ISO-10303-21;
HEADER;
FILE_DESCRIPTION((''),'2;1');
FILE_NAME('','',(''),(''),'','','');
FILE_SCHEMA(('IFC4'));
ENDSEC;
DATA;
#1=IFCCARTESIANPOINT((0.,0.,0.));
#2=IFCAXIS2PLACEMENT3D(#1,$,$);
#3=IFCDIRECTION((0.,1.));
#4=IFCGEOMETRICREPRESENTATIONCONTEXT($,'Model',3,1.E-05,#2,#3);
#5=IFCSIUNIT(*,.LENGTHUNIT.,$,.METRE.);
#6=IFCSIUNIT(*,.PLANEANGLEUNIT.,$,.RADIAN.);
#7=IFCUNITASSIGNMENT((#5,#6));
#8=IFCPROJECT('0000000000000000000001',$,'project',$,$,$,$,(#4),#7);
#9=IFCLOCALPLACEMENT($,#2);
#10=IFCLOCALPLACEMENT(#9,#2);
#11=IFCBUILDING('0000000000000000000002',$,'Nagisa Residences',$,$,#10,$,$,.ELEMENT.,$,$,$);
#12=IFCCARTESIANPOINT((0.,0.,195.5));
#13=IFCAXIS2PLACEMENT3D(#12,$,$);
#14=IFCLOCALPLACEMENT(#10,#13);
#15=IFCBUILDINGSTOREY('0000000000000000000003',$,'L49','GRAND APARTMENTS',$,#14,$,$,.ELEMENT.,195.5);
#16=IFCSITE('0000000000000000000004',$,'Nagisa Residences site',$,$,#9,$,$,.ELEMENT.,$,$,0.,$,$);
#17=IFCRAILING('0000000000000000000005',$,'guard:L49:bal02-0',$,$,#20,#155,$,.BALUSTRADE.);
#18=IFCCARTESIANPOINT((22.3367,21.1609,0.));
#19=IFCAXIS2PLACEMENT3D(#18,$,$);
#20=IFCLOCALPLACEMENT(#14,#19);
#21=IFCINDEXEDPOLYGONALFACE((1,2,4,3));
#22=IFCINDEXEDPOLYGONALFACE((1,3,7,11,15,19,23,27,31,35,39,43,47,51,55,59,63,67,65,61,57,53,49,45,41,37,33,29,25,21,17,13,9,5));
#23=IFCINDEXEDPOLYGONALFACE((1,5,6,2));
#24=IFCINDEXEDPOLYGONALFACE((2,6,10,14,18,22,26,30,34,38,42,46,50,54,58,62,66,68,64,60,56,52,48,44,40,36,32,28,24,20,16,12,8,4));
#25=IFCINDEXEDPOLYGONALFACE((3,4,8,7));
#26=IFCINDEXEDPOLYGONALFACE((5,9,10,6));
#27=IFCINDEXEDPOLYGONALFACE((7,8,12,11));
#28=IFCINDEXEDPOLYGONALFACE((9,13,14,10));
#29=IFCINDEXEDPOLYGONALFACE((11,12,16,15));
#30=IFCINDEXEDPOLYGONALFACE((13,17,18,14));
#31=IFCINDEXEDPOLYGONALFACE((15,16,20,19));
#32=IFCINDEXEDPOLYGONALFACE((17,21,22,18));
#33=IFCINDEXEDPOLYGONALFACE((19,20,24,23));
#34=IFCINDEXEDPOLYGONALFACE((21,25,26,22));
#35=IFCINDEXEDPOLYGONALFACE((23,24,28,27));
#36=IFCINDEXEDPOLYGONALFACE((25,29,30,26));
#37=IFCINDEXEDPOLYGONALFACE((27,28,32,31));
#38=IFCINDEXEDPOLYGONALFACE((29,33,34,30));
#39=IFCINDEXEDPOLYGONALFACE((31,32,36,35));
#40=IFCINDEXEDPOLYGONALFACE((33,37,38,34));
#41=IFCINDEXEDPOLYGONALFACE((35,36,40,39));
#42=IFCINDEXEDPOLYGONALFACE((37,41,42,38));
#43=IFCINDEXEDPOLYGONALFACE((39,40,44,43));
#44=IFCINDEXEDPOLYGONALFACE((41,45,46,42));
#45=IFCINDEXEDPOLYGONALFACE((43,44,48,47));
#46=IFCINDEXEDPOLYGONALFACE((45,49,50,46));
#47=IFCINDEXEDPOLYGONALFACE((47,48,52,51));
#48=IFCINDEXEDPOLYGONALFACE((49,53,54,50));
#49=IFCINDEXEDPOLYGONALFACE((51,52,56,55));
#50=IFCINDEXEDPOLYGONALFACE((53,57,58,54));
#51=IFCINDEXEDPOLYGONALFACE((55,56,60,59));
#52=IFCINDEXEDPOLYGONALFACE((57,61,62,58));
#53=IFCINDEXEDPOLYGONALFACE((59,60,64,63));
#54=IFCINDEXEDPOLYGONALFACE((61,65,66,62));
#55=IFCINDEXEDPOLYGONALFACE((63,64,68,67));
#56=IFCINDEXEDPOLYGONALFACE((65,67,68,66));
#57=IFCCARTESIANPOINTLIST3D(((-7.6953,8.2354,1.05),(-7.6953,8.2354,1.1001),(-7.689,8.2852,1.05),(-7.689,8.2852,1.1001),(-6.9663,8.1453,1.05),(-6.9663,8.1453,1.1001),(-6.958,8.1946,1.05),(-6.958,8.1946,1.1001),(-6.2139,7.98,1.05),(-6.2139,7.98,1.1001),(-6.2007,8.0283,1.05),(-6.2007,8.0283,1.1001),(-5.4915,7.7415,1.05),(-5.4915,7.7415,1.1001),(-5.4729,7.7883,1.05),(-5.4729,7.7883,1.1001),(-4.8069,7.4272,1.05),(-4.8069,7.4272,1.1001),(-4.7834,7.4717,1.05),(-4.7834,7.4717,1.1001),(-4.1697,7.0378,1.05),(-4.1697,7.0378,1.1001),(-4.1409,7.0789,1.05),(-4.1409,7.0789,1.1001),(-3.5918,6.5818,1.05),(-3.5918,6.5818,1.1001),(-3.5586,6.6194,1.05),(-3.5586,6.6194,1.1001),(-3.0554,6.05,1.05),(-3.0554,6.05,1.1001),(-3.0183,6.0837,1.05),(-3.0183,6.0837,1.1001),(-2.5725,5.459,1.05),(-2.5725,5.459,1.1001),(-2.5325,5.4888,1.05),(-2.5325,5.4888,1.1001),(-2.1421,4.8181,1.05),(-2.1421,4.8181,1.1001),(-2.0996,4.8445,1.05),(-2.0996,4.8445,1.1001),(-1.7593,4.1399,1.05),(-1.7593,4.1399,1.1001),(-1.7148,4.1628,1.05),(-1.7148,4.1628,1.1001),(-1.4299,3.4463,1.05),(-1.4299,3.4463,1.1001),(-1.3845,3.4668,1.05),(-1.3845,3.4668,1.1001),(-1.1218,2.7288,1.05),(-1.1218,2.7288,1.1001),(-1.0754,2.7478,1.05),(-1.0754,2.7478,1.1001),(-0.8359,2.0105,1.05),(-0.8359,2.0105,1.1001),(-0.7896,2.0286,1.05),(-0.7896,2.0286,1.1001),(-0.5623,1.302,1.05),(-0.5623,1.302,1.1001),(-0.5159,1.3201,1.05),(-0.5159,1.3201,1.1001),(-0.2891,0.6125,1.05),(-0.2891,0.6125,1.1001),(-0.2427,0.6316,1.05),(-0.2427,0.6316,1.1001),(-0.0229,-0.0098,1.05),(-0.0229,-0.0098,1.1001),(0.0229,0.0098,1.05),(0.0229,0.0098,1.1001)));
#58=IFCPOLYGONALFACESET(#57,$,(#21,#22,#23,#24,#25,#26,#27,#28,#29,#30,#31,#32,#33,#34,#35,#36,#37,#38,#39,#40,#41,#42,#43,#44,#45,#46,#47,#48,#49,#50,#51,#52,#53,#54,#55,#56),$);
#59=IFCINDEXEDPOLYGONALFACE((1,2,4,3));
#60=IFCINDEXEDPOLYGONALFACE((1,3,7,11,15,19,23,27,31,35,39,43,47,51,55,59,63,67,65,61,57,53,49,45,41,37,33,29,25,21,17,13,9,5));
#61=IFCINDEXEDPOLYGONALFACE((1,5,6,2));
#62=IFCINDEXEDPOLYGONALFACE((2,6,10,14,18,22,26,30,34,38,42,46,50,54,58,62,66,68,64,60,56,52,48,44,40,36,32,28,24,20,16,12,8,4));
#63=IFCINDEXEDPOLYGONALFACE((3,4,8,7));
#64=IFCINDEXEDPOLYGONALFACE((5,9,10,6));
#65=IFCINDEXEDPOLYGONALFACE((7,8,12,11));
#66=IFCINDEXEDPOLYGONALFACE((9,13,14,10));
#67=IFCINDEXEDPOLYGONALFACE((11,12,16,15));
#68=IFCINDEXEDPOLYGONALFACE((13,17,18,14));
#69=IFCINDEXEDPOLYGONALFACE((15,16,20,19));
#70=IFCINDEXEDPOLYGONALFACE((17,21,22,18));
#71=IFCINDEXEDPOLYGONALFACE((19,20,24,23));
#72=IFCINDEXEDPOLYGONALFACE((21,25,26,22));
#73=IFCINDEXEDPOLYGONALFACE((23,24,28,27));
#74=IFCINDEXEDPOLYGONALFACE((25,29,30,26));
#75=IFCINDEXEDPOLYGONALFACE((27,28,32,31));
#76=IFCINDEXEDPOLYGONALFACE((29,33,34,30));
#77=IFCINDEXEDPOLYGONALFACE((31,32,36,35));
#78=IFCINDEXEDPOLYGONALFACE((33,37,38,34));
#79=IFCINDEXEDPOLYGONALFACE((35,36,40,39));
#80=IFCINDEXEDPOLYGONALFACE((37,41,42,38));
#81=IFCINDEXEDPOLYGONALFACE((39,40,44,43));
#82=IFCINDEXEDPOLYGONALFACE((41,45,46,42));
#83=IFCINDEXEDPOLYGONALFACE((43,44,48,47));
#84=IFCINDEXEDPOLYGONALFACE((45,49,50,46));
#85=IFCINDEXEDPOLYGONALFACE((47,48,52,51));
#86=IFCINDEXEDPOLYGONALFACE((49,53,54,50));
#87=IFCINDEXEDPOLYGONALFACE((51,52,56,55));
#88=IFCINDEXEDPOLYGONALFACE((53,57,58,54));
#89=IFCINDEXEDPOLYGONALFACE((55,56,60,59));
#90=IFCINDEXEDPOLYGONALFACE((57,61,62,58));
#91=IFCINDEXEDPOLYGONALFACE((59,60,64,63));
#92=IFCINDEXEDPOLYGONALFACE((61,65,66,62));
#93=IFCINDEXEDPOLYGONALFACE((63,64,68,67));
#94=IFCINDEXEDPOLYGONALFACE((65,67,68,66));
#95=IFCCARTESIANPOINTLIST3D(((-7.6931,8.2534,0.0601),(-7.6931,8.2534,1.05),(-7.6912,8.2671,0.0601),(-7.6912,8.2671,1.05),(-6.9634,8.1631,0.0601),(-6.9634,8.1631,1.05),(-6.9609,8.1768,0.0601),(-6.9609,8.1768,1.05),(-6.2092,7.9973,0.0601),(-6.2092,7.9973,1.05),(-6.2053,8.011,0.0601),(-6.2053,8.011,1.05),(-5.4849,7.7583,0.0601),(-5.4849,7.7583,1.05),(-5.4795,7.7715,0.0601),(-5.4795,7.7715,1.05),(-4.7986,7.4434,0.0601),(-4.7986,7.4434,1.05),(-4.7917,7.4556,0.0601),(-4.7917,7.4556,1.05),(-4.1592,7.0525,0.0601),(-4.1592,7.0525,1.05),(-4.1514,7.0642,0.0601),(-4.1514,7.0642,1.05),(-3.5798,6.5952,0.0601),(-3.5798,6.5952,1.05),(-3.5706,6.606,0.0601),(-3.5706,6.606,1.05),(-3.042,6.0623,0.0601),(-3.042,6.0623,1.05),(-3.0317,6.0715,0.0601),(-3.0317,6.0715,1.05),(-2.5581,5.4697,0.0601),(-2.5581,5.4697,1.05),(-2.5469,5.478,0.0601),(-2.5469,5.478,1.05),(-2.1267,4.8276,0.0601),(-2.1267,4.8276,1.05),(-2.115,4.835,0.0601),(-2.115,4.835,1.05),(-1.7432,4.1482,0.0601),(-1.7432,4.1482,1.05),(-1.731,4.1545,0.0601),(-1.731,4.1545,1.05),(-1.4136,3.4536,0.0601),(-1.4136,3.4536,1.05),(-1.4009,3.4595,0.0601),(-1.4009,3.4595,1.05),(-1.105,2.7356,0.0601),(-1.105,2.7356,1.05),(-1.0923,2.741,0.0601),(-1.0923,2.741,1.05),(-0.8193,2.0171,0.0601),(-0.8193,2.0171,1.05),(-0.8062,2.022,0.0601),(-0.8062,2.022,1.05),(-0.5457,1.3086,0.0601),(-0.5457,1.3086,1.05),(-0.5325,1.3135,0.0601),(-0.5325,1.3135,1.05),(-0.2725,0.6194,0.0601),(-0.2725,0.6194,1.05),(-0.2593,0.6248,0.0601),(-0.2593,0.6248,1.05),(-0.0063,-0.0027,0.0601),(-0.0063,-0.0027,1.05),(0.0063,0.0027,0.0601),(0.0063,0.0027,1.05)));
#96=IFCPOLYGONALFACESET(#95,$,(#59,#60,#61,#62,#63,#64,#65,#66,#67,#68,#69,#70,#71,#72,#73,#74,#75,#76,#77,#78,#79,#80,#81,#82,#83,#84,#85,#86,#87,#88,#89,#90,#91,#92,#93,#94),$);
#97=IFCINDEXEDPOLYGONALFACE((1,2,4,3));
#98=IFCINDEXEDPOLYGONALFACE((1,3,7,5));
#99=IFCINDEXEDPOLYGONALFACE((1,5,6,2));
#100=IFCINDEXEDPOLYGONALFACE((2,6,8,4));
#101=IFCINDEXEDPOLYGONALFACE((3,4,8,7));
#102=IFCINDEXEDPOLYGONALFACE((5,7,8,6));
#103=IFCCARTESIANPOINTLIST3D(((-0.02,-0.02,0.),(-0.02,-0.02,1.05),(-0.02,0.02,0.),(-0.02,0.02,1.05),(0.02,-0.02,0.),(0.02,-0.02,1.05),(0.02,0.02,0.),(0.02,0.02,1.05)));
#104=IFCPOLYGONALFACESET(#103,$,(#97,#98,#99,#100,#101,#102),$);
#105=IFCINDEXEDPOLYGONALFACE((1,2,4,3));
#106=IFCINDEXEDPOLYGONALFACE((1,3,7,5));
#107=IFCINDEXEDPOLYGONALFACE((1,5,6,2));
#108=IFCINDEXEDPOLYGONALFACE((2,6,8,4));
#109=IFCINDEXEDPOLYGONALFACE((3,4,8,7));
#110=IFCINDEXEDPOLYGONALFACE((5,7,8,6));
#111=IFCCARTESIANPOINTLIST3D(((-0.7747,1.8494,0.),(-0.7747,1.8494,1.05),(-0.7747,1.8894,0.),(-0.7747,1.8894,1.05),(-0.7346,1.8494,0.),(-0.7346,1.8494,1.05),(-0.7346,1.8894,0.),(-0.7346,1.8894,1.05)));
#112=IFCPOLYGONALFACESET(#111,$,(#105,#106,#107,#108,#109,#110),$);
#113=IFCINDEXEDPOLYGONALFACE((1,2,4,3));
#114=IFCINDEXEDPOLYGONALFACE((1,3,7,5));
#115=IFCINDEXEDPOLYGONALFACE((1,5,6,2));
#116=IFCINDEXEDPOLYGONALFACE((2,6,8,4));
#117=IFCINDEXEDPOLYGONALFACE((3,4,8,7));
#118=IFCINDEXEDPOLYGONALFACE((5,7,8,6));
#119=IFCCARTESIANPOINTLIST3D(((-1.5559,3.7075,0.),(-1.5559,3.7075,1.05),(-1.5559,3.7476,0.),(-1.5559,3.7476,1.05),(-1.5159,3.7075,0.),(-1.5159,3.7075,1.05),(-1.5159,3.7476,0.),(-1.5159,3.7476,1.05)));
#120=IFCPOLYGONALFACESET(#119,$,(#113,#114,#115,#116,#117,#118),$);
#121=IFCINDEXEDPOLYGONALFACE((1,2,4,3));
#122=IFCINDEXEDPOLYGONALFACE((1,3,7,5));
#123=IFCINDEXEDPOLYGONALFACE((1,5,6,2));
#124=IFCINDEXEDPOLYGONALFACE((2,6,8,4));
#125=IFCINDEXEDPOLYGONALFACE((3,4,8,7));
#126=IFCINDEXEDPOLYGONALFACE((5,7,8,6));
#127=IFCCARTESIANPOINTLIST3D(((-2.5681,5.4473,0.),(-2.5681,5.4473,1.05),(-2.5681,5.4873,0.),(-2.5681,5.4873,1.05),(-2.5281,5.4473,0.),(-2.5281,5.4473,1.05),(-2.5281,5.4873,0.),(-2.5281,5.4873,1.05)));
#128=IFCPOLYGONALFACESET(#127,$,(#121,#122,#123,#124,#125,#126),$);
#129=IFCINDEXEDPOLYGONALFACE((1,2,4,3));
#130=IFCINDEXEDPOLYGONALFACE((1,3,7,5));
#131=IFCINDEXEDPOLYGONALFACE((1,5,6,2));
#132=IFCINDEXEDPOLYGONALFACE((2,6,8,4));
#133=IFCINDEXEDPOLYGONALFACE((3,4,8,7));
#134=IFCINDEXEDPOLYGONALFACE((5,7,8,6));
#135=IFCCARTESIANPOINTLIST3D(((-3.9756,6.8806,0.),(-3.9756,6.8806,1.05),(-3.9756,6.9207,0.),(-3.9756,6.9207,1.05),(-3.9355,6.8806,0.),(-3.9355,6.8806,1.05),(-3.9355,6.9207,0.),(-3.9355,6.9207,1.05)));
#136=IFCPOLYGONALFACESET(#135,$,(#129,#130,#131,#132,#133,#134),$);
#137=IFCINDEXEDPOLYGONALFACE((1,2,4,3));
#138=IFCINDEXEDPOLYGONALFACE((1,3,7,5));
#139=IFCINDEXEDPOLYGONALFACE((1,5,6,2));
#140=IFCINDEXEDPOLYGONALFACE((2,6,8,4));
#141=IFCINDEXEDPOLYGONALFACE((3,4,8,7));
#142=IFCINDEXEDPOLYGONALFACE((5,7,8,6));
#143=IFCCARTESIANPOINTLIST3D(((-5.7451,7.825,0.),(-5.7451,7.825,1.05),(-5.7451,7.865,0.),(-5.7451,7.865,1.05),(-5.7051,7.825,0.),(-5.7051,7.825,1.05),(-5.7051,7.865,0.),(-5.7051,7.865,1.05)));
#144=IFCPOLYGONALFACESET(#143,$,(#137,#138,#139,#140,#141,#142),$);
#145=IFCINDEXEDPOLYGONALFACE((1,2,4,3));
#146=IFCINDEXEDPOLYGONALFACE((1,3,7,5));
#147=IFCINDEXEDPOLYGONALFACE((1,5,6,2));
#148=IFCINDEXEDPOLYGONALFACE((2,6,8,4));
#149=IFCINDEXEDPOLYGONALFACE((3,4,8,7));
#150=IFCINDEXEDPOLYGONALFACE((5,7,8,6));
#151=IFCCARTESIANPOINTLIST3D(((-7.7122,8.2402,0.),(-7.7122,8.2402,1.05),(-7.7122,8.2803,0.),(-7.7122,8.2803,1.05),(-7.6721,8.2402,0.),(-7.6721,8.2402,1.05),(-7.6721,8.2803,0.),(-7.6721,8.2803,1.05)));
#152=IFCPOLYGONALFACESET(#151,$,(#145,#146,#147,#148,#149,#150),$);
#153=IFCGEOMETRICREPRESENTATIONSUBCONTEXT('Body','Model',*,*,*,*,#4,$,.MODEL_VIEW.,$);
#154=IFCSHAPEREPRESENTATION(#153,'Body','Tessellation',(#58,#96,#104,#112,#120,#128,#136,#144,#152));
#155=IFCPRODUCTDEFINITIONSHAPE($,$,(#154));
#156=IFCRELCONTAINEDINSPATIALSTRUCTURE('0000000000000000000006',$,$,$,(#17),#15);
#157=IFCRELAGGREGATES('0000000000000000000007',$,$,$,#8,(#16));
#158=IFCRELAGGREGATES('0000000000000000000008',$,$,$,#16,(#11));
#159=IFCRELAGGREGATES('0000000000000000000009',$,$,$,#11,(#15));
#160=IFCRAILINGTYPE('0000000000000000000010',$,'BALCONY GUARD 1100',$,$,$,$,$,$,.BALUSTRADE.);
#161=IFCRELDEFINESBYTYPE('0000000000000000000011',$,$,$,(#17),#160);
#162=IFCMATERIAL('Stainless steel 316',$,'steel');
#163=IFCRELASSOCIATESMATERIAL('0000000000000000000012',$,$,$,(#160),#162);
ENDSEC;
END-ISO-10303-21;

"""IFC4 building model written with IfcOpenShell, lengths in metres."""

from ifc_helpers import new_model, si_unit, direction, frame, origin, origin_2d, place, context, subcontext, project, spatial, polyline, rectangle, outline, extrude, material, type_object, element, save


model = new_model("IFC4")

# Units and contexts
model_context = context("Model", 3, precision=1e-05, world=origin(), true_north=direction((0.0, 1.0)))
body_context = subcontext(model_context, "Body", "Model", "MODEL_VIEW")
ifc_project = project(units=[si_unit("LENGTHUNIT", "METRE"), si_unit("PLANEANGLEUNIT", "RADIAN")], contexts=[model_context])

# Site, building, storey
site_placement = place(None, origin())
site = spatial("IfcSite", under=ifc_project, at=site_placement, Name="Nagisa Residences site", CompositionType="ELEMENT", RefElevation=0.0)
building_placement = place(site_placement, origin())
building = spatial("IfcBuilding", under=site, at=building_placement, Name="Nagisa Residences", CompositionType="ELEMENT")
storey_placement = place(building_placement, frame((0.0, 0.0, 195.5)))
storey = spatial("IfcBuildingStorey", under=building, at=storey_placement, Name="L49", Description="GRAND APARTMENTS", CompositionType="ELEMENT", Elevation=195.5)

# Railing
ifc_material_1 = material(Name="Stainless steel 316", Category="steel")
railing_type = type_object("IfcRailingType", Name="BALCONY GUARD 1100", PredefinedType="BALUSTRADE", material=ifc_material_1)
railing_1_placement = place(storey_placement, frame((22.3367, 21.1609, 0.0)))
element("IfcRailing", 1, at=railing_1_placement, inside=storey, type_object=railing_type, Name="guard:L49:bal02-0", PredefinedType="BALUSTRADE", context=body_context, shape_type="SweptSolid", body=[
    extrude(outline(polyline([(-0.2891, 0.6125), (-0.0229, -0.0098), (0.0229, 0.0098), (-0.2427, 0.6316), (-0.5159, 1.3201), (-0.7896, 2.0286), (-1.0754, 2.7478), (-1.3845, 3.4668), (-1.7148, 4.1628), (-2.0996, 4.8445), (-2.5325, 5.4888), (-3.0183, 6.0837), (-3.5586, 6.6194), (-4.1409, 7.0789), (-4.7834, 7.4717), (-5.4729, 7.7883), (-6.2007, 8.0283), (-6.958, 8.1946), (-7.689, 8.2852), (-7.6953, 8.2354), (-6.9663, 8.1453), (-6.2139, 7.98), (-5.4915, 7.7415), (-4.8069, 7.4272), (-4.1697, 7.0378), (-3.5918, 6.5818), (-3.0554, 6.05), (-2.5725, 5.459), (-2.1421, 4.8181), (-1.7593, 4.1399), (-1.4299, 3.4463), (-1.1218, 2.7288), (-0.8359, 2.0105), (-0.5623, 1.302), (-0.2891, 0.6125)])), frame((0.0, 0.0, 1.05)), (0.0, 0.0, 1.0), 0.05),
    extrude(outline(polyline([(-0.2725, 0.6194), (-0.0063, -0.0027), (0.0063, 0.0027), (-0.2593, 0.6248), (-0.5325, 1.3135), (-0.8062, 2.022), (-1.0923, 2.741), (-1.4009, 3.4595), (-1.731, 4.1545), (-2.115, 4.835), (-2.5469, 5.478), (-3.0317, 6.0715), (-3.5706, 6.606), (-4.1514, 7.0642), (-4.7917, 7.4556), (-5.4795, 7.7715), (-6.2053, 8.011), (-6.9609, 8.1768), (-7.6912, 8.2671), (-7.6931, 8.2534), (-6.9634, 8.1631), (-6.2092, 7.9973), (-5.4849, 7.7583), (-4.7986, 7.4434), (-4.1592, 7.0525), (-3.5798, 6.5952), (-3.042, 6.0623), (-2.5581, 5.4697), (-2.1267, 4.8276), (-1.7432, 4.1482), (-1.4136, 3.4536), (-1.105, 2.7356), (-0.8193, 2.0171), (-0.5457, 1.3086), (-0.2725, 0.6194)])), frame((0.0, 0.0, 0.0601)), (0.0, 0.0, 1.0), 0.99),
    extrude(rectangle(XDim=0.04, YDim=0.04, at=origin_2d()), origin(), (0.0, 0.0, 1.0), 1.05),
    extrude(rectangle(XDim=0.04, YDim=0.04, at=origin_2d()), frame((-0.7546, 1.8694, 0.0)), (0.0, 0.0, 1.0), 1.05),
    extrude(rectangle(XDim=0.04, YDim=0.04, at=origin_2d()), frame((-1.5359, 3.7275, 0.0)), (0.0, 0.0, 1.0), 1.05),
    extrude(rectangle(XDim=0.04, YDim=0.04, at=origin_2d()), frame((-2.5481, 5.4673, 0.0)), (0.0, 0.0, 1.0), 1.05),
    extrude(rectangle(XDim=0.04, YDim=0.04, at=origin_2d()), frame((-3.9556, 6.9006, 0.0)), (0.0, 0.0, 1.0), 1.05),
    extrude(rectangle(XDim=0.04, YDim=0.04, at=origin_2d()), frame((-5.7251, 7.845, 0.0)), (0.0, 0.0, 1.0), 1.05),
    extrude(rectangle(XDim=0.04, YDim=0.04, at=origin_2d()), frame((-7.6921, 8.2603, 0.0)), (0.0, 0.0, 1.0), 1.05),
])

save(model, "model.ifc")
